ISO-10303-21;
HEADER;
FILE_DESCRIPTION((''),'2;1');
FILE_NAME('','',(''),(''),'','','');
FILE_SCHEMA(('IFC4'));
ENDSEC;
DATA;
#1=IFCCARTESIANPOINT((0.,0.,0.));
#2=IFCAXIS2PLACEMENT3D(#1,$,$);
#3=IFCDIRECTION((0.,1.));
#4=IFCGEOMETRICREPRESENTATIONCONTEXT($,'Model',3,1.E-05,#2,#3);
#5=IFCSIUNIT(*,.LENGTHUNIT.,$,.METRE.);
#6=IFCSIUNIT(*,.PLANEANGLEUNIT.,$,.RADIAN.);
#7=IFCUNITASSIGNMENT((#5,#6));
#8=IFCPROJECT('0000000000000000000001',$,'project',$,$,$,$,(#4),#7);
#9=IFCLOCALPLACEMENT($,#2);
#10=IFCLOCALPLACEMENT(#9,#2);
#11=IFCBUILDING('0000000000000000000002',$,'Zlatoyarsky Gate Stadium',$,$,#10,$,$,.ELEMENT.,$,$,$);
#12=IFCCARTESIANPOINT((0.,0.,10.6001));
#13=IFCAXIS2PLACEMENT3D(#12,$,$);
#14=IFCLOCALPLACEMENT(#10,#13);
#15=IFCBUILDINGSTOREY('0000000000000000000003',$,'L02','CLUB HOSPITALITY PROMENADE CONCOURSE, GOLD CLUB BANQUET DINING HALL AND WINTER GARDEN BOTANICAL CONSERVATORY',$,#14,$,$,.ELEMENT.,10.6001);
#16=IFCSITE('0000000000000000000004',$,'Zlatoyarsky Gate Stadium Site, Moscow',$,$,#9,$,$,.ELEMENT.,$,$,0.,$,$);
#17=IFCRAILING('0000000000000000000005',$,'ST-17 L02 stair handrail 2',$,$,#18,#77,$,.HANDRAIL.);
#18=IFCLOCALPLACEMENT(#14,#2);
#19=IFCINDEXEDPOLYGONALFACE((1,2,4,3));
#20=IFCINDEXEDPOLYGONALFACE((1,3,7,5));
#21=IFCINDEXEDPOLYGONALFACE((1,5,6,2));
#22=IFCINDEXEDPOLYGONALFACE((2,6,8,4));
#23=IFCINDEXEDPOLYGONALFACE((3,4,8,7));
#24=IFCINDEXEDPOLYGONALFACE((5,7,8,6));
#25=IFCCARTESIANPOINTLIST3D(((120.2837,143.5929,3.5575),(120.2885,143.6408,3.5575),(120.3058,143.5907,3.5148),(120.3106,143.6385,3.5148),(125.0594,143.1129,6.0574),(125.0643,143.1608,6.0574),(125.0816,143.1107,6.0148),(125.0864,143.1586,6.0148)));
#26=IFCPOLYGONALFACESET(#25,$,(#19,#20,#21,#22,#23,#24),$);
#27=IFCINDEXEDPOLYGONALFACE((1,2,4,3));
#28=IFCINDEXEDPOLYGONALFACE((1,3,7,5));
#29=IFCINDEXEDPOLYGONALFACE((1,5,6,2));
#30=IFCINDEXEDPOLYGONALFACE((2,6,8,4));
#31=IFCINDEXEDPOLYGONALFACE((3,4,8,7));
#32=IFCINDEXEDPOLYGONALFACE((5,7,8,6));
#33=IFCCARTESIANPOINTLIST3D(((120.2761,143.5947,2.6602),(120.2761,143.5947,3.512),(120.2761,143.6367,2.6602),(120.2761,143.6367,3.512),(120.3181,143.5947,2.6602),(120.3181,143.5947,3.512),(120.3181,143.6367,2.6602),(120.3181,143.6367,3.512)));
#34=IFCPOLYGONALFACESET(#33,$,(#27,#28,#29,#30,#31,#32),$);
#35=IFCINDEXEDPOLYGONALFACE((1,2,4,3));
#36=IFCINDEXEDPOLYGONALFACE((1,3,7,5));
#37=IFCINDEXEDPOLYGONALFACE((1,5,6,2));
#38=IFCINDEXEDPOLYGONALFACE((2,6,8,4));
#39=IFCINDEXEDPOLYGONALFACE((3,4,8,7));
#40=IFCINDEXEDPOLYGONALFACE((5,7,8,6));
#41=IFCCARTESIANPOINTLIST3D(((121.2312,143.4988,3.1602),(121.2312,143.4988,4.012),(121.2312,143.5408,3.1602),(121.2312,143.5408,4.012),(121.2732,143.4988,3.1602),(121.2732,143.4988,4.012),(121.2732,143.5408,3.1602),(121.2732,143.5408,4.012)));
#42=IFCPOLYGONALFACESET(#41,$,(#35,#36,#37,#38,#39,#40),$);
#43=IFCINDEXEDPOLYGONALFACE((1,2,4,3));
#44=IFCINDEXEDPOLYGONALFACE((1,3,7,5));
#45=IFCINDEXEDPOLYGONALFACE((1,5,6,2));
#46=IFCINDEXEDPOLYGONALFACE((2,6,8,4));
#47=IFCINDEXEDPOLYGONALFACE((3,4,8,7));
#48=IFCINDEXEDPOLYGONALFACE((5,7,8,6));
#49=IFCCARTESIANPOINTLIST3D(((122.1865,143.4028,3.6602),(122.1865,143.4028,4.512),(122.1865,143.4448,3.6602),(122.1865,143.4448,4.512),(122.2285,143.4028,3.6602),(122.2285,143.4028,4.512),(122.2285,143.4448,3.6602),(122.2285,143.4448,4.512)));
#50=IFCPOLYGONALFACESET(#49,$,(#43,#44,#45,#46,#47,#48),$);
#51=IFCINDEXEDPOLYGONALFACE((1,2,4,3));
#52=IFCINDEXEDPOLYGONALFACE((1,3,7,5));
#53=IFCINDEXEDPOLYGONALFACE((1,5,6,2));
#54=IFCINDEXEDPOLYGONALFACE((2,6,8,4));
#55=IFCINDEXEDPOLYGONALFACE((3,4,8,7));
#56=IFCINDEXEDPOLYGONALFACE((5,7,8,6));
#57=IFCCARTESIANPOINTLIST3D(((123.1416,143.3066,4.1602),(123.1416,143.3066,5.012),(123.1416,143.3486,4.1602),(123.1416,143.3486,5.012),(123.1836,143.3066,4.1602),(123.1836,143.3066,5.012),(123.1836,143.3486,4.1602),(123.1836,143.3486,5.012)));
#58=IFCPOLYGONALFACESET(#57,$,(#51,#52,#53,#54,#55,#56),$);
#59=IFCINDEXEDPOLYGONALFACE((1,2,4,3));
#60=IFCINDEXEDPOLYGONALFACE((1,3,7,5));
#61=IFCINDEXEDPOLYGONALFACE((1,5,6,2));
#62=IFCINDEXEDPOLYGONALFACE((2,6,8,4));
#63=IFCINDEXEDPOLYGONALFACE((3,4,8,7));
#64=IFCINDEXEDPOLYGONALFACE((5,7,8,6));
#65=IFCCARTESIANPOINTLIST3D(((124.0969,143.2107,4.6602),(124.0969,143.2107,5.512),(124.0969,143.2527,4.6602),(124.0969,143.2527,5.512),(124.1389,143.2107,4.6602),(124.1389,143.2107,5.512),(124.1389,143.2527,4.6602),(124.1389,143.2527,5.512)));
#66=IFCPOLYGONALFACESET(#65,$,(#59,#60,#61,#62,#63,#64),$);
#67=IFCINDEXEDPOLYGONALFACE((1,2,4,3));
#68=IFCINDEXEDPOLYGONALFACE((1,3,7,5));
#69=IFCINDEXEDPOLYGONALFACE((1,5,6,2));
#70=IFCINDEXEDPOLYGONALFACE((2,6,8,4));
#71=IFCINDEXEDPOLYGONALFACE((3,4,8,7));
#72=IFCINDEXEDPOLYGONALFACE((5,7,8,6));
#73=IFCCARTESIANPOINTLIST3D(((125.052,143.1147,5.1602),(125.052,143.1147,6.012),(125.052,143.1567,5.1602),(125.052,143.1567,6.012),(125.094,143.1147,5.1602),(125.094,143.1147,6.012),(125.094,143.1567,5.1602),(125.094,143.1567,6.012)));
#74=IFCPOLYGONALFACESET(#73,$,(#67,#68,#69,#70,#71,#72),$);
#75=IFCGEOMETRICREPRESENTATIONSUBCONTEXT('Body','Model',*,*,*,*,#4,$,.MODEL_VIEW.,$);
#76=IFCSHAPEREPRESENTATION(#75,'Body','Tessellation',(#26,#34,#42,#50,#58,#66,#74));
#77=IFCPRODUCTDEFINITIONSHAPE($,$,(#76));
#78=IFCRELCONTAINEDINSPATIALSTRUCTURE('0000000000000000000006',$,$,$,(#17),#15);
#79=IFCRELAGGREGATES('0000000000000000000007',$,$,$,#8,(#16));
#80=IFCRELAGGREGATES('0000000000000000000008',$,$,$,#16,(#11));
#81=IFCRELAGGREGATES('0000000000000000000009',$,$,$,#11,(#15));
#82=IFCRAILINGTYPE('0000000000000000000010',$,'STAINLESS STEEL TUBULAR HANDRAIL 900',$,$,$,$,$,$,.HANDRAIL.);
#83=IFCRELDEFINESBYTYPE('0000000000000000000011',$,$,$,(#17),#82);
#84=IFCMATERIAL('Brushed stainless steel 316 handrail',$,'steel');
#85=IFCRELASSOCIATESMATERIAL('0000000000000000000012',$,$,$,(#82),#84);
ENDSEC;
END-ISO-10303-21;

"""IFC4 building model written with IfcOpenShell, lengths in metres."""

from ifc_helpers import new_model, si_unit, direction, frame, origin, origin_2d, place, context, subcontext, project, spatial, rectangle, extrude, material, type_object, element, save


model = new_model("IFC4")

# Units and contexts
model_context = context("Model", 3, precision=1e-05, world=origin(), true_north=direction((0.0, 1.0)))
body_context = subcontext(model_context, "Body", "Model", "MODEL_VIEW")
ifc_project = project(units=[si_unit("LENGTHUNIT", "METRE"), si_unit("PLANEANGLEUNIT", "RADIAN")], contexts=[model_context])

# Site, building, storey
site_placement = place(None, origin())
site = spatial("IfcSite", under=ifc_project, at=site_placement, Name="Zlatoyarsky Gate Stadium Site, Moscow", CompositionType="ELEMENT", RefElevation=0.0)
building_placement = place(site_placement, origin())
building = spatial("IfcBuilding", under=site, at=building_placement, Name="Zlatoyarsky Gate Stadium", CompositionType="ELEMENT")
storey_placement = place(building_placement, frame((0.0, 0.0, 10.6001)))
storey = spatial("IfcBuildingStorey", under=building, at=storey_placement, Name="L02", Description="CLUB HOSPITALITY PROMENADE CONCOURSE, GOLD CLUB BANQUET DINING HALL AND WINTER GARDEN BOTANICAL CONSERVATORY", CompositionType="ELEMENT", Elevation=10.6001)

# Railing
ifc_material_1 = material(Name="Brushed stainless steel 316 handrail", Category="steel")
railing_type_1 = type_object("IfcRailingType", Name="STAINLESS STEEL TUBULAR HANDRAIL 900", PredefinedType="HANDRAIL", material=ifc_material_1)
railing_1_placement = place(storey_placement, frame((120.2971, 143.6157, 2.6602)))
element("IfcRailing", 1, at=railing_1_placement, inside=storey, type_object=railing_type_1, Name="ST-17 L02 stair handrail 2", PredefinedType="HANDRAIL", context=body_context, shape_type="SweptSolid", body=[
    extrude(rectangle(XDim=0.0481, YDim=0.0481, at=origin_2d()), frame((0.0, 0.0, 0.876), z_axis=(0.882466, -0.088689, 0.461939), x_axis=(0.099997, 0.994988, 0.0)), (0.0, 0.0, 1.0), 5.4119),
    extrude(rectangle(XDim=0.042, YDim=0.042, at=origin_2d()), origin(), (0.0, 0.0, 1.0), 0.8518),
    extrude(rectangle(XDim=0.042, YDim=0.042, at=origin_2d()), frame((0.9551, -0.0959, 0.5)), (0.0, 0.0, 1.0), 0.8518),
    extrude(rectangle(XDim=0.042, YDim=0.042, at=origin_2d()), frame((1.9104, -0.1919, 1.0)), (0.0, 0.0, 1.0), 0.8518),
    extrude(rectangle(XDim=0.042, YDim=0.042, at=origin_2d()), frame((2.8655, -0.2881, 1.5)), (0.0, 0.0, 1.0), 0.8518),
    extrude(rectangle(XDim=0.042, YDim=0.042, at=origin_2d()), frame((3.8208, -0.384, 2.0)), (0.0, 0.0, 1.0), 0.8518),
    extrude(rectangle(XDim=0.042, YDim=0.042, at=origin_2d()), frame((4.7759, -0.48, 2.5)), (0.0, 0.0, 1.0), 0.8518),
])

save(model, "model.ifc")
